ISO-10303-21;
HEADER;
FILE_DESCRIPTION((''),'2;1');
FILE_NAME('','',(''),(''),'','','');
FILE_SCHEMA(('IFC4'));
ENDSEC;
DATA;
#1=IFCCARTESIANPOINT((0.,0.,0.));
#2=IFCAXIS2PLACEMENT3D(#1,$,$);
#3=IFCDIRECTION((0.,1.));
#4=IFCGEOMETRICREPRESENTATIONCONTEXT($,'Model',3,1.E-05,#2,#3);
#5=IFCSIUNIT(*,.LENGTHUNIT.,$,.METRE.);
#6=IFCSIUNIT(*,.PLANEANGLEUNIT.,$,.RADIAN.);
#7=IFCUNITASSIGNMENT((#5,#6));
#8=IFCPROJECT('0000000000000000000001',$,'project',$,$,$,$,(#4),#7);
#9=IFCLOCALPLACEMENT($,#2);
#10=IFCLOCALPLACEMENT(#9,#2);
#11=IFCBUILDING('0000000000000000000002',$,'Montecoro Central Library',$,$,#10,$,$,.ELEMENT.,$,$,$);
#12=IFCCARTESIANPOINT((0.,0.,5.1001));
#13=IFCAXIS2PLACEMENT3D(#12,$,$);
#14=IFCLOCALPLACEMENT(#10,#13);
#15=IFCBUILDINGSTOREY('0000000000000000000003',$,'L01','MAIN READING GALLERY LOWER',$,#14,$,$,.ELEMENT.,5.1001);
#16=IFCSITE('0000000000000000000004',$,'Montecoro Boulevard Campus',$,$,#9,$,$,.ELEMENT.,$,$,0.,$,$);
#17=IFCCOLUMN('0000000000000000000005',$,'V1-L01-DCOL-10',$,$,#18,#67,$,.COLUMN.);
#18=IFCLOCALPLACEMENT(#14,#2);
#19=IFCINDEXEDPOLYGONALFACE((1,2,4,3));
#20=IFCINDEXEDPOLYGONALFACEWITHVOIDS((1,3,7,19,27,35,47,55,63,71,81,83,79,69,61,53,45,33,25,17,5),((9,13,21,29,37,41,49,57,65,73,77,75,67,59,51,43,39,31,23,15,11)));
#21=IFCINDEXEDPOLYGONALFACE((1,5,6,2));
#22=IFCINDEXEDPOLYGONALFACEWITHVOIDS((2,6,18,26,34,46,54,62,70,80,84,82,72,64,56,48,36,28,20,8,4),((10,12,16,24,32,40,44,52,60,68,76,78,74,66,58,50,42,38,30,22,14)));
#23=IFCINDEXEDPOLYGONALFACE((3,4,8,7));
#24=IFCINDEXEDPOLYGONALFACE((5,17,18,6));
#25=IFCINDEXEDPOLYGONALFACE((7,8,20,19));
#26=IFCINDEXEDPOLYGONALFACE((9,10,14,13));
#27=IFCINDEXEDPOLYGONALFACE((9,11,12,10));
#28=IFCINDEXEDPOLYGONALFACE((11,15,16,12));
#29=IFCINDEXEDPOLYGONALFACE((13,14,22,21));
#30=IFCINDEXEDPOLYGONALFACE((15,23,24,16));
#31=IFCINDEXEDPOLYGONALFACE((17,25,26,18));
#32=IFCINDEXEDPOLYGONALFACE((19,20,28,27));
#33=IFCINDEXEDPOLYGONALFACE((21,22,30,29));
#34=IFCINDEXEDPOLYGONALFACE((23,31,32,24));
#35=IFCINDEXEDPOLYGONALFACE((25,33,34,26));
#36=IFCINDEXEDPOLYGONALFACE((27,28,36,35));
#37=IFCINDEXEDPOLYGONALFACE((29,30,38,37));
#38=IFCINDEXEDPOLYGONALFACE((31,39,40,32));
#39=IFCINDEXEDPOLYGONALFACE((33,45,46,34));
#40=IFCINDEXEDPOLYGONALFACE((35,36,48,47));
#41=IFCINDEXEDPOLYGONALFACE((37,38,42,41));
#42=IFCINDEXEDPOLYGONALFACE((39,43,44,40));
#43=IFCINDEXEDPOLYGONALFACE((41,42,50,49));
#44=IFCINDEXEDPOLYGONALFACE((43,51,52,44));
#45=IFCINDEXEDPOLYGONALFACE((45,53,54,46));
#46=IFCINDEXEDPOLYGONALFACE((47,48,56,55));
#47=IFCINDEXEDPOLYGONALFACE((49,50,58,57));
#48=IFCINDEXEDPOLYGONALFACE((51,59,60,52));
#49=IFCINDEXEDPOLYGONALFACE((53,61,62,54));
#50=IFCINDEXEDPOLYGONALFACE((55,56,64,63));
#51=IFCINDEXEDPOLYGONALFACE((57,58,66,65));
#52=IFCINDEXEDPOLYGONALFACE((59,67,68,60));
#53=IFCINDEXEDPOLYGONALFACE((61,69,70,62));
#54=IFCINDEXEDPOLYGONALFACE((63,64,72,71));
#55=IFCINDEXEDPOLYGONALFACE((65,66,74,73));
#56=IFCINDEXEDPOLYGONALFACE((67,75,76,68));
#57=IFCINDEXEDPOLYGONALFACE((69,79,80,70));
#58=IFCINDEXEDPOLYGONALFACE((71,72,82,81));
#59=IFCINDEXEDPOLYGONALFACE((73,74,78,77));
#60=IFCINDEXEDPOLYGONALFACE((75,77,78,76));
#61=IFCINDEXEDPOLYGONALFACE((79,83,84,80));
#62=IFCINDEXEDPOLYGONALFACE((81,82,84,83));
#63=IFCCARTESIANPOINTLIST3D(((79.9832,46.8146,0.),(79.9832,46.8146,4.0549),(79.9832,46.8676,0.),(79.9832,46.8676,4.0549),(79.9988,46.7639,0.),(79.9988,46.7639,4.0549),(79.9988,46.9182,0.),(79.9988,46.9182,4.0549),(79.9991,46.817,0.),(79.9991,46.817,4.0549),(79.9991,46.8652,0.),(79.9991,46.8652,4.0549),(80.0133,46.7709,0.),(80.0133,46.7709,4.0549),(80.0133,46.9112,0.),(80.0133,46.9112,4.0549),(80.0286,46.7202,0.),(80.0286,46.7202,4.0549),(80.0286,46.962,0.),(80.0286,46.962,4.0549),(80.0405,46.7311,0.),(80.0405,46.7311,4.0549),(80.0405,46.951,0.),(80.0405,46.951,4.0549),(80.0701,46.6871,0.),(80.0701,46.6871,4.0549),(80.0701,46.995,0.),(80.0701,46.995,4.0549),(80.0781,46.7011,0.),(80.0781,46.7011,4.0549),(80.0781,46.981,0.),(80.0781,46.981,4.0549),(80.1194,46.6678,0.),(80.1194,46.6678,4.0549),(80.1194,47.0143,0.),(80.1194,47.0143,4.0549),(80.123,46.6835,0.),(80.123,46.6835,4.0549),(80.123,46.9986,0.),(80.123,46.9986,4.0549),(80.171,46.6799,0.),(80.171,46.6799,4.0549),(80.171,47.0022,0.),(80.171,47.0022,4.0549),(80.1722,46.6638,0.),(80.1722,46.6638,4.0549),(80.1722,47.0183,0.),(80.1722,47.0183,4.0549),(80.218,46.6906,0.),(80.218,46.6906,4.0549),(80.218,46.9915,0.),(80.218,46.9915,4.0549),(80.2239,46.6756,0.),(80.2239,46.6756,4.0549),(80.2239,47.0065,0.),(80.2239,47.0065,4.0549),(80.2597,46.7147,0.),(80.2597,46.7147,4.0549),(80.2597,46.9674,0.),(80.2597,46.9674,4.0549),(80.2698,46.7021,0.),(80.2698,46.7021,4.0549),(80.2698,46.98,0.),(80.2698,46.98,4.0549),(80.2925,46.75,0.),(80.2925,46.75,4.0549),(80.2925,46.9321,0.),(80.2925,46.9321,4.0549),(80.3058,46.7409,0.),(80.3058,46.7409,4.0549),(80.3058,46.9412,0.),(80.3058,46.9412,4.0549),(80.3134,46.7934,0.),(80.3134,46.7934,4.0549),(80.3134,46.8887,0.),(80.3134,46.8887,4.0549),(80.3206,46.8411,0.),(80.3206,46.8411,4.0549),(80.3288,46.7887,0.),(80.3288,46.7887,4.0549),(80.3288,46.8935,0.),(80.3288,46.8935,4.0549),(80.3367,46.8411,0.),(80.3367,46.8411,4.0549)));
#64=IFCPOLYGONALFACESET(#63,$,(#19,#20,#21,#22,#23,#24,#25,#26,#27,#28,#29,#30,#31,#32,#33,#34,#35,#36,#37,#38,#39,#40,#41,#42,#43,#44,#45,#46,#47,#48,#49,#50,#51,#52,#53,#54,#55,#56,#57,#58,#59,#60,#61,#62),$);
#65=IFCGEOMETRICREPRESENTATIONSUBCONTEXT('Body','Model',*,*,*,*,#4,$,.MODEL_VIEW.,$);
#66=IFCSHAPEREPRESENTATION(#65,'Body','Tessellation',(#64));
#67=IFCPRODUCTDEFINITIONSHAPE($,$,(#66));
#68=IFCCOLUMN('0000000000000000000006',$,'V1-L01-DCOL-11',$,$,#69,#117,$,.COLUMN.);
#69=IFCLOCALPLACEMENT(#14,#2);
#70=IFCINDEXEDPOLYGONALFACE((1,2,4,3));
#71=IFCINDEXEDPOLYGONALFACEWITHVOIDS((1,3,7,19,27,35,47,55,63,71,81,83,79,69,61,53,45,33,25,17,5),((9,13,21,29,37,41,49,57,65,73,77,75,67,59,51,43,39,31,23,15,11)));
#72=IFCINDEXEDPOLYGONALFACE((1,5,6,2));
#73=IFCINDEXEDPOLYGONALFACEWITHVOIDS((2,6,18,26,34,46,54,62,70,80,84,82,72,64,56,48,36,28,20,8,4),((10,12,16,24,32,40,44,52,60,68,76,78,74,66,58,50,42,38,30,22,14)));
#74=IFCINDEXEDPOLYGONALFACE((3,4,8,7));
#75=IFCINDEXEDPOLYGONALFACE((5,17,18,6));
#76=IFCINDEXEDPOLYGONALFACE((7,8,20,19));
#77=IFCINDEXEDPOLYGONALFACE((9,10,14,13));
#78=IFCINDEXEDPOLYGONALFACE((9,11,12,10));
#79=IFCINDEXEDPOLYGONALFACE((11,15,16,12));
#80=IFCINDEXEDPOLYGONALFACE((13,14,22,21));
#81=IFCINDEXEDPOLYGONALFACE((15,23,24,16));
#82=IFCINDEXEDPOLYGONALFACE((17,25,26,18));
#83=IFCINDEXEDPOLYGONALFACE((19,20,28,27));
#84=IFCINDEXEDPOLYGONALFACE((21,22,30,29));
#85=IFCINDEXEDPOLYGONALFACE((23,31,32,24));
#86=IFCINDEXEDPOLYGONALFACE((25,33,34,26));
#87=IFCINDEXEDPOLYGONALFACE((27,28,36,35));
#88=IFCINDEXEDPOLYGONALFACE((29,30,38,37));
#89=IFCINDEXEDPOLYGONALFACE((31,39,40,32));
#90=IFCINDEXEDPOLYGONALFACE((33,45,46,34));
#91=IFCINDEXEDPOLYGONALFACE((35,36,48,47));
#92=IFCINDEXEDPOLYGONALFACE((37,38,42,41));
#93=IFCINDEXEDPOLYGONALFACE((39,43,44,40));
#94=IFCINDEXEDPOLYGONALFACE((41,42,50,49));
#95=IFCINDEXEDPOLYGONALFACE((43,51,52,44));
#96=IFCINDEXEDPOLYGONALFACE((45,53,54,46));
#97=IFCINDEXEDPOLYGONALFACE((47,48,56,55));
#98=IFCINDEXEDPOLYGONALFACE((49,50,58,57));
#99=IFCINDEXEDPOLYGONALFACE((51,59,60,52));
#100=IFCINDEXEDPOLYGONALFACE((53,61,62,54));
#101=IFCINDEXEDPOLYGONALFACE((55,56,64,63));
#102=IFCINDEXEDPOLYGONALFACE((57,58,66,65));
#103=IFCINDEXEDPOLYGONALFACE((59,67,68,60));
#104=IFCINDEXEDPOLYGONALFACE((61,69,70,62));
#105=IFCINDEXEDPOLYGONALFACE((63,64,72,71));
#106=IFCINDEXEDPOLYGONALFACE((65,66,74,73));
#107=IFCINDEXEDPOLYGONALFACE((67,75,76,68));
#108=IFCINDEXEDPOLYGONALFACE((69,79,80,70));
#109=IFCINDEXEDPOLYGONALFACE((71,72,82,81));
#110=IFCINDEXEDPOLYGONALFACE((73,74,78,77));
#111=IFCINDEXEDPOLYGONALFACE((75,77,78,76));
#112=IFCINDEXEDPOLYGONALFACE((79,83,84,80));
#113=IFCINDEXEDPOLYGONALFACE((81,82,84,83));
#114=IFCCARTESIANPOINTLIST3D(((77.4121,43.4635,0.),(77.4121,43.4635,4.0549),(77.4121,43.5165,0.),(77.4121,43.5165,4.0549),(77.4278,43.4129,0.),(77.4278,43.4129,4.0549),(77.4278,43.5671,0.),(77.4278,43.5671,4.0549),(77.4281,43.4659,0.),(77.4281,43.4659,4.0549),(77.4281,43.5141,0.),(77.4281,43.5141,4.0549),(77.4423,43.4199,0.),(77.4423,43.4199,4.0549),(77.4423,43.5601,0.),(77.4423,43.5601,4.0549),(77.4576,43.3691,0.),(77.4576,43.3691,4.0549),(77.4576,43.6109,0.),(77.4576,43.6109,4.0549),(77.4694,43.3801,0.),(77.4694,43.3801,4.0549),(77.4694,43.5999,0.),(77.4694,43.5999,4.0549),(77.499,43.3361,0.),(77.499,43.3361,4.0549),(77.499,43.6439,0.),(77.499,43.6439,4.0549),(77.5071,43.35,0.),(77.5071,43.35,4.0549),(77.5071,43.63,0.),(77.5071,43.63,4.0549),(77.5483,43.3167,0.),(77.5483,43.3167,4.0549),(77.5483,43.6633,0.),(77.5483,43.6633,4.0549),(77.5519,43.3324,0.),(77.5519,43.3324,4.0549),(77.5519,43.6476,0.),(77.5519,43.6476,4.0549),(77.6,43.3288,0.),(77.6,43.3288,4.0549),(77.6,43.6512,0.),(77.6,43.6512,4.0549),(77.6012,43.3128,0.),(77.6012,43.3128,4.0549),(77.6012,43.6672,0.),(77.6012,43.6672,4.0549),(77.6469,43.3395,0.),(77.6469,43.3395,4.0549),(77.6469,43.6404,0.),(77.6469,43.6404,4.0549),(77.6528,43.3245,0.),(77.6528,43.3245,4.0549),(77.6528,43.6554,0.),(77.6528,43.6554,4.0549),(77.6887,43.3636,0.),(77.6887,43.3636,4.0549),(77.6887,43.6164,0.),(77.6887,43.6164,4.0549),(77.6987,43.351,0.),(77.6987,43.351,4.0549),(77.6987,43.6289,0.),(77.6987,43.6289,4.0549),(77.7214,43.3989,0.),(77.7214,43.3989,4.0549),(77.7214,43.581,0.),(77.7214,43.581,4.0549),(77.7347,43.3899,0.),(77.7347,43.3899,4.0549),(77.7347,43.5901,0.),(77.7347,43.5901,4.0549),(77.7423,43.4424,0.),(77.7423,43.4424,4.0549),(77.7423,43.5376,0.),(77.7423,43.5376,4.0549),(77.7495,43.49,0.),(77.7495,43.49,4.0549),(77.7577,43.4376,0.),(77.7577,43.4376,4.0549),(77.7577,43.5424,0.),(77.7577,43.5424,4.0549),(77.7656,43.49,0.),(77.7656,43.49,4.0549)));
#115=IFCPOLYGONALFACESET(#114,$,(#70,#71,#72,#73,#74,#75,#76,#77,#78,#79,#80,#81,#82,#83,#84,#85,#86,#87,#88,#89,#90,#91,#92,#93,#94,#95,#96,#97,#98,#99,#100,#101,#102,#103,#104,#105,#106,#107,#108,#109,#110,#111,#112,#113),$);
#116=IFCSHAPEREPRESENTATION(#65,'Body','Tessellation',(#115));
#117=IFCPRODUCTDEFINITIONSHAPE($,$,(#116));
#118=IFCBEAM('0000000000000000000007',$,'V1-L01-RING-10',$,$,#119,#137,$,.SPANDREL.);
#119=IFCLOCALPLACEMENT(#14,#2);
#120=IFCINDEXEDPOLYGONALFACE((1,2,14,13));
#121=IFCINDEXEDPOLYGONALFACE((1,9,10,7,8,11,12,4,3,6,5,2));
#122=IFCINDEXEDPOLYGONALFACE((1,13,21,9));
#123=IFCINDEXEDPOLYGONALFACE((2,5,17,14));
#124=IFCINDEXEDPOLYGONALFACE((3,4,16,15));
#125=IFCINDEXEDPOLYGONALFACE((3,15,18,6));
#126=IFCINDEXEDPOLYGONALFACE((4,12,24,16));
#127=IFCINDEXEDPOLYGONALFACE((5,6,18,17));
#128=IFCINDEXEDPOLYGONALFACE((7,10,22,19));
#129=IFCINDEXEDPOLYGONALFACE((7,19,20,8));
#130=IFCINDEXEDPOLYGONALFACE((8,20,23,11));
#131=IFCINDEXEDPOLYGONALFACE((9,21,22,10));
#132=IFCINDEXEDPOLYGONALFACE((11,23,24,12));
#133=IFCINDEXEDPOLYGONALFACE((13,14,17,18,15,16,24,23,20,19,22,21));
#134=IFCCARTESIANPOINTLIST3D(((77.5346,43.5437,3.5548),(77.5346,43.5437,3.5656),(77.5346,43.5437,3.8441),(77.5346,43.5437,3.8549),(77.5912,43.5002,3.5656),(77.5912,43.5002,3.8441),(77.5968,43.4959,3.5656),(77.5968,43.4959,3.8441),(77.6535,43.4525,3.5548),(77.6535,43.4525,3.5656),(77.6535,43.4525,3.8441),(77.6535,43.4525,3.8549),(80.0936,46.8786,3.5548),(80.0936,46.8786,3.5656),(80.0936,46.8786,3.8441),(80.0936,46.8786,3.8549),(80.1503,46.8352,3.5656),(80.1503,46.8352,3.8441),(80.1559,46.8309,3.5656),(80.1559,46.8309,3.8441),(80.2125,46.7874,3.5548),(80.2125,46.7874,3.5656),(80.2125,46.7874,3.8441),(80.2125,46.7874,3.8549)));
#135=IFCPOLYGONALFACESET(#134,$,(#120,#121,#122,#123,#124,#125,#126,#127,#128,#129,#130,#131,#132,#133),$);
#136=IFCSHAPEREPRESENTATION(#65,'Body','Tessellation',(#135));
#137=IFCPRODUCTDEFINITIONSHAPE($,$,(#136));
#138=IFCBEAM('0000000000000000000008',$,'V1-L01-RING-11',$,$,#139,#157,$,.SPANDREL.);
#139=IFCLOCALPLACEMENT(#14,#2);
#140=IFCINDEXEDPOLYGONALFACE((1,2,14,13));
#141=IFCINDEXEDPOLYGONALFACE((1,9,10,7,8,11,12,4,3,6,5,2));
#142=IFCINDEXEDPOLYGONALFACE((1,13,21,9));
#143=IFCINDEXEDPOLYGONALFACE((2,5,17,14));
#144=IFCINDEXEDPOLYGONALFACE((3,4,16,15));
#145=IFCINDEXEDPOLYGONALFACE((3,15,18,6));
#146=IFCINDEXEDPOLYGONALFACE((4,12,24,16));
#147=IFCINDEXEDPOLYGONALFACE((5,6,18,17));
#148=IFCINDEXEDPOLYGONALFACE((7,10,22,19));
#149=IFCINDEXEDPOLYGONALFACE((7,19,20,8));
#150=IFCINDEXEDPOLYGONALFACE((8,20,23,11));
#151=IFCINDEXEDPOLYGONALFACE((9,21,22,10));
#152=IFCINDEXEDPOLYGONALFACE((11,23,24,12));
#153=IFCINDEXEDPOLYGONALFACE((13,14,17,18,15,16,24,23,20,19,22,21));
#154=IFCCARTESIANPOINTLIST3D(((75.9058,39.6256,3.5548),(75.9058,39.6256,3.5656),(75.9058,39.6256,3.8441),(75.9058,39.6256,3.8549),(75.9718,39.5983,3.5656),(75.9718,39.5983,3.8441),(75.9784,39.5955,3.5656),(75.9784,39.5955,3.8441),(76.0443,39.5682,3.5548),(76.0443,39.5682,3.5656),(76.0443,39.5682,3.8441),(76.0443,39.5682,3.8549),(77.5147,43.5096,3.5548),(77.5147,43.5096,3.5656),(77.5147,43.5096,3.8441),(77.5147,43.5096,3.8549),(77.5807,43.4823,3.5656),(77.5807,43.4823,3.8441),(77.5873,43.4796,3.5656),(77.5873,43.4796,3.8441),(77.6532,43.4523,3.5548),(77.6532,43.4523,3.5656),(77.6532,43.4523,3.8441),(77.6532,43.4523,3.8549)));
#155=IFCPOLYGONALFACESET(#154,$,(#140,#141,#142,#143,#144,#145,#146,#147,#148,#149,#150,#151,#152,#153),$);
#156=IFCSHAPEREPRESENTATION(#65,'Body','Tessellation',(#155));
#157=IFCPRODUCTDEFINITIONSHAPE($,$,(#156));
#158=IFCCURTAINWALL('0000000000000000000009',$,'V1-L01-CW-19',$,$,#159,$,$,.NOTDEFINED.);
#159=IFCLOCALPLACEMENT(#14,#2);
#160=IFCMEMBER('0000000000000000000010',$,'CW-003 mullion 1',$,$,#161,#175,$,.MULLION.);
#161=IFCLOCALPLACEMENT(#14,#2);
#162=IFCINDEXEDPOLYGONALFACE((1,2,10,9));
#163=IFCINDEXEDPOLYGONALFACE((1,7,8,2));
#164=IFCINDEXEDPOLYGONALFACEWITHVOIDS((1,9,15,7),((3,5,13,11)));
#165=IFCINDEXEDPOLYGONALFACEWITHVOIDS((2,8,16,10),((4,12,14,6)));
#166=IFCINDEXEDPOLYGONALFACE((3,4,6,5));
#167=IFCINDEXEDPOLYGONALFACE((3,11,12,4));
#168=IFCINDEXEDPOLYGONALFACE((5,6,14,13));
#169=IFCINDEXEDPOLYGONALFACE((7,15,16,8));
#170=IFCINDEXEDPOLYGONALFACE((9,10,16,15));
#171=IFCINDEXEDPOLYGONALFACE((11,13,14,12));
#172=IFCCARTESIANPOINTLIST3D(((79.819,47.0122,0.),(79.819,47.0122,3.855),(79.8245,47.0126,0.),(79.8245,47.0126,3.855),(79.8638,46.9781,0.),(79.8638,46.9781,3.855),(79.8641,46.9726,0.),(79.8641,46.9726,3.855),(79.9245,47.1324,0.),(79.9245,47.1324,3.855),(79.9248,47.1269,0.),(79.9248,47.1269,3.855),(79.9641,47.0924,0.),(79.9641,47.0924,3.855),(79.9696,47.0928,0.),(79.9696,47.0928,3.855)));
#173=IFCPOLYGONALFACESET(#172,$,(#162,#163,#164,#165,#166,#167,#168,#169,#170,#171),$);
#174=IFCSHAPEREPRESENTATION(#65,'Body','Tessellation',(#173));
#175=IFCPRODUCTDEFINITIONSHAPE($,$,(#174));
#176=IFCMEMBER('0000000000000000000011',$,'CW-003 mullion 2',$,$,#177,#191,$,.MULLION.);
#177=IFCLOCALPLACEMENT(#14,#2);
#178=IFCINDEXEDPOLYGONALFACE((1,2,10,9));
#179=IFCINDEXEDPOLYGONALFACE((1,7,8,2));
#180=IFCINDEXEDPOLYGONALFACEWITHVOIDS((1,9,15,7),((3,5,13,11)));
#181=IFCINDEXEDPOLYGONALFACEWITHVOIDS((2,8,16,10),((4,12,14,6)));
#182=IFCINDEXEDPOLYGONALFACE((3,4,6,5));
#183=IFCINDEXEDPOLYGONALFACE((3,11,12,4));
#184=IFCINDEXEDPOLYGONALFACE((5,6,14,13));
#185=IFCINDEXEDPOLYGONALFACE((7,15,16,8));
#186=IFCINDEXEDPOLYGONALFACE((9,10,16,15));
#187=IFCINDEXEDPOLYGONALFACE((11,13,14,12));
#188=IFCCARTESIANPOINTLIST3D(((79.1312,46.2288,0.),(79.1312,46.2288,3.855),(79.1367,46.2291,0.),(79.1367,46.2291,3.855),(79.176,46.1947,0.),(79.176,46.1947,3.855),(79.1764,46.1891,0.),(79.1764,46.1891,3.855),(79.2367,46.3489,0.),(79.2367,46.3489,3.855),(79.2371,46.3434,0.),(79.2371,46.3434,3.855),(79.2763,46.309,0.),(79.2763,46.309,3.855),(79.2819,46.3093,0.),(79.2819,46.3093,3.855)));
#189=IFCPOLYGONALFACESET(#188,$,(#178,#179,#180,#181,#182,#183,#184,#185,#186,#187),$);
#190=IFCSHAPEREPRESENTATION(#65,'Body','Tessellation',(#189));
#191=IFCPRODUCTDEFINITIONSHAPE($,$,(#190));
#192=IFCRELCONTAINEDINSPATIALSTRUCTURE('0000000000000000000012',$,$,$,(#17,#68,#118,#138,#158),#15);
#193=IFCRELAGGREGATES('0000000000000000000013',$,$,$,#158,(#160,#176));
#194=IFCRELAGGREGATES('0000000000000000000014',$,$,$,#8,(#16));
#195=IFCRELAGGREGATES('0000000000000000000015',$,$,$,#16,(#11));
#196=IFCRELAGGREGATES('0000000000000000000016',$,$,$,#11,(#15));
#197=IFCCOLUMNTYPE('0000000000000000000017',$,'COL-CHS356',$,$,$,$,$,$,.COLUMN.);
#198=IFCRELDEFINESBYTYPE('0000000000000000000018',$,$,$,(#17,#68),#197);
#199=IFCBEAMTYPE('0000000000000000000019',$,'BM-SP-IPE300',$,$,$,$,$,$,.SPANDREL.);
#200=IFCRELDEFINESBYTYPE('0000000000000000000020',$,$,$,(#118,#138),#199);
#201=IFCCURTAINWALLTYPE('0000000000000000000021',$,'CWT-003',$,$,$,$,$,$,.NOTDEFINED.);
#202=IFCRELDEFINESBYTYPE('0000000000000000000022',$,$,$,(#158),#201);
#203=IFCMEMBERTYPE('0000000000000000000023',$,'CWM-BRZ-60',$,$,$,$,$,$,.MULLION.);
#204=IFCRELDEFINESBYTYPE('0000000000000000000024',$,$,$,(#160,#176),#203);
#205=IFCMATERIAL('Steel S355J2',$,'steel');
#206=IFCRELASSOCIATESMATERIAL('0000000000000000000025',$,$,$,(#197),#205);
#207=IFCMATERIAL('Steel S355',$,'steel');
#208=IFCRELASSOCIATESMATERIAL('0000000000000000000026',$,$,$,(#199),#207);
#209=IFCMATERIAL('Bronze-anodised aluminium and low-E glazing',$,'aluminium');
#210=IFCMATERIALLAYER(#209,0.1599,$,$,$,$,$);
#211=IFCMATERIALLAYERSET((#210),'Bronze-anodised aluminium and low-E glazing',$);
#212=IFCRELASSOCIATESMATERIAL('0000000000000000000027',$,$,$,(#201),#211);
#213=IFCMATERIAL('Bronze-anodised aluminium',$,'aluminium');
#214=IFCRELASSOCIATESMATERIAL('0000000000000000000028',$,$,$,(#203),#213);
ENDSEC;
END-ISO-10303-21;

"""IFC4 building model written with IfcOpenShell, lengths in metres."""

from ifc_helpers import new_model, si_unit, direction, frame, origin, origin_2d, place, context, subcontext, project, spatial, hollow_rectangle, hollow_circle, i_section, extrude, material, layer, layer_set, material_profile, profile_set, type_object, element, aggregate, save


model = new_model("IFC4")

# Units and contexts
model_context = context("Model", 3, precision=1e-05, world=origin(), true_north=direction((0.0, 1.0)))
body_context = subcontext(model_context, "Body", "Model", "MODEL_VIEW")
ifc_project = project(units=[si_unit("LENGTHUNIT", "METRE"), si_unit("PLANEANGLEUNIT", "RADIAN")], contexts=[model_context])

# Site, building, storey
site_placement = place(None, origin())
site = spatial("IfcSite", under=ifc_project, at=site_placement, Name="Montecoro Boulevard Campus", CompositionType="ELEMENT", RefElevation=0.0)
building_placement = place(site_placement, origin())
building = spatial("IfcBuilding", under=site, at=building_placement, Name="Montecoro Central Library", CompositionType="ELEMENT")
storey_placement = place(building_placement, frame((0.0, 0.0, 5.1001)))
storey = spatial("IfcBuildingStorey", under=building, at=storey_placement, Name="L01", Description="MAIN READING GALLERY LOWER", CompositionType="ELEMENT", Elevation=5.1001)

# Columns
ifc_material_1 = material(Name="Steel S355J2", Category="steel")
ifc_material_profile_1 = material_profile(ifc_material_1, hollow_circle(Radius=0.1777, WallThickness=0.0161, at=origin_2d()), Name="CHS 355.6x16.0")
ifc_profile_set_1 = profile_set([ifc_material_profile_1], Name="Steel S355J2")
column_type = type_object("IfcColumnType", Name="COL-CHS356", PredefinedType="COLUMN", material=ifc_profile_set_1)
for number, where, z_axis, x_axis, name in (
    (1, (80.1589, 46.8411, 0.0), (0.0, 0.0, 1.0), (1.0, 0.0, 0.0), "V1-L01-DCOL-10"),
    (2, (77.5879, 43.49, 0.0), (0.0, 0.0, 1.0), (1.0, 0.0, 0.0), "V1-L01-DCOL-11"),
):
    element("IfcColumn", number, at=place(storey_placement, frame(where, z_axis=z_axis, x_axis=x_axis)), inside=storey, type_object=column_type, Name=name, PredefinedType="COLUMN", context=body_context, shape_type="SweptSolid", body=[
        extrude(hollow_circle(Radius=0.1777, WallThickness=0.0161, at=origin_2d()), origin(), (0.0, 0.0, 1.0), 4.0549),
    ])

# Beams
ifc_material_2 = material(Name="Steel S355", Category="steel")
ifc_material_profile_2 = material_profile(ifc_material_2, i_section(OverallWidth=0.1499, OverallDepth=0.3, WebThickness=0.0071, FlangeThickness=0.0107, at=origin_2d()), Name="IPE 300")
ifc_profile_set_2 = profile_set([ifc_material_profile_2], Name="Steel S355")
beam_type = type_object("IfcBeamType", Name="BM-SP-IPE300", PredefinedType="SPANDREL", material=ifc_profile_set_2)
beam_1_placement = place(storey_placement, frame((80.1531, 46.833, 3.7048), z_axis=(-0.608773, -0.793345, 0.0), x_axis=(0.793345, -0.608773, 0.0)))
element("IfcBeam", 3, at=beam_1_placement, inside=storey, type_object=beam_type, Name="V1-L01-RING-10", PredefinedType="SPANDREL", context=body_context, shape_type="SweptSolid", body=[
    extrude(i_section(OverallWidth=0.1499, OverallDepth=0.3, WebThickness=0.0071, FlangeThickness=0.0107, at=origin_2d()), origin(), (0.0, 0.0, 1.0), 4.2036),
])
beam_2_placement = place(storey_placement, frame((77.584, 43.481, 3.7048), z_axis=(-0.382697, -0.923874, 0.0), x_axis=(0.923874, -0.382697, 0.0)))
element("IfcBeam", 4, at=beam_2_placement, inside=storey, type_object=beam_type, Name="V1-L01-RING-11", PredefinedType="SPANDREL", context=body_context, shape_type="SweptSolid", body=[
    extrude(i_section(OverallWidth=0.1499, OverallDepth=0.3, WebThickness=0.0071, FlangeThickness=0.0107, at=origin_2d()), origin(), (0.0, 0.0, 1.0), 4.2041),
])

# Curtain wall, members
ifc_material_3 = material(Name="Bronze-anodised aluminium and low-E glazing", Category="aluminium")
ifc_layer_1 = layer(ifc_material_3, 0.1599)
ifc_layer_set_1 = layer_set([ifc_layer_1], Name="Bronze-anodised aluminium and low-E glazing")
curtain_wall_type = type_object("IfcCurtainWallType", Name="CWT-003", PredefinedType="NOTDEFINED", material=ifc_layer_set_1)
curtain_wall_placement = place(storey_placement, origin())
curtain_wall = element("IfcCurtainWall", 5, at=curtain_wall_placement, inside=storey, type_object=curtain_wall_type, Name="V1-L01-CW-19", PredefinedType="NOTDEFINED")
ifc_material_4 = material(Name="Bronze-anodised aluminium", Category="aluminium")
ifc_material_profile_3 = material_profile(ifc_material_4, hollow_rectangle(XDim=0.0601, YDim=0.1599, WallThickness=0.0039, at=origin_2d()), Name="CWM 160x60x4.0")
ifc_profile_set_3 = profile_set([ifc_material_profile_3], Name="Bronze-anodised aluminium")
member_type_1 = type_object("IfcMemberType", Name="CWM-BRZ-60", PredefinedType="MULLION", material=ifc_profile_set_3)
member_1_placement = place(storey_placement, frame((79.8943, 47.0525, 0.0), z_axis=(0.0, 0.0, 1.0), x_axis=(0.751536, -0.659692, 0.0)))
member_1 = element("IfcMember", 6, at=member_1_placement, type_object=member_type_1, Name="CW-003 mullion 1", PredefinedType="MULLION", context=body_context, shape_type="SweptSolid", body=[
    extrude(hollow_rectangle(XDim=0.0601, YDim=0.1599, WallThickness=0.0039, at=origin_2d()), origin(), (0.0, 0.0, 1.0), 3.855),
])
member_2_placement = place(storey_placement, frame((79.2065, 46.269, 0.0), z_axis=(0.0, 0.0, 1.0), x_axis=(0.751536, -0.659692, 0.0)))
member_2 = element("IfcMember", 7, at=member_2_placement, type_object=member_type_1, Name="CW-003 mullion 2", PredefinedType="MULLION", context=body_context, shape_type="SweptSolid", body=[
    extrude(hollow_rectangle(XDim=0.0601, YDim=0.1599, WallThickness=0.0039, at=origin_2d()), origin(), (0.0, 0.0, 1.0), 3.855),
])
aggregate(curtain_wall, [member_1, member_2])

save(model, "model.ifc")
